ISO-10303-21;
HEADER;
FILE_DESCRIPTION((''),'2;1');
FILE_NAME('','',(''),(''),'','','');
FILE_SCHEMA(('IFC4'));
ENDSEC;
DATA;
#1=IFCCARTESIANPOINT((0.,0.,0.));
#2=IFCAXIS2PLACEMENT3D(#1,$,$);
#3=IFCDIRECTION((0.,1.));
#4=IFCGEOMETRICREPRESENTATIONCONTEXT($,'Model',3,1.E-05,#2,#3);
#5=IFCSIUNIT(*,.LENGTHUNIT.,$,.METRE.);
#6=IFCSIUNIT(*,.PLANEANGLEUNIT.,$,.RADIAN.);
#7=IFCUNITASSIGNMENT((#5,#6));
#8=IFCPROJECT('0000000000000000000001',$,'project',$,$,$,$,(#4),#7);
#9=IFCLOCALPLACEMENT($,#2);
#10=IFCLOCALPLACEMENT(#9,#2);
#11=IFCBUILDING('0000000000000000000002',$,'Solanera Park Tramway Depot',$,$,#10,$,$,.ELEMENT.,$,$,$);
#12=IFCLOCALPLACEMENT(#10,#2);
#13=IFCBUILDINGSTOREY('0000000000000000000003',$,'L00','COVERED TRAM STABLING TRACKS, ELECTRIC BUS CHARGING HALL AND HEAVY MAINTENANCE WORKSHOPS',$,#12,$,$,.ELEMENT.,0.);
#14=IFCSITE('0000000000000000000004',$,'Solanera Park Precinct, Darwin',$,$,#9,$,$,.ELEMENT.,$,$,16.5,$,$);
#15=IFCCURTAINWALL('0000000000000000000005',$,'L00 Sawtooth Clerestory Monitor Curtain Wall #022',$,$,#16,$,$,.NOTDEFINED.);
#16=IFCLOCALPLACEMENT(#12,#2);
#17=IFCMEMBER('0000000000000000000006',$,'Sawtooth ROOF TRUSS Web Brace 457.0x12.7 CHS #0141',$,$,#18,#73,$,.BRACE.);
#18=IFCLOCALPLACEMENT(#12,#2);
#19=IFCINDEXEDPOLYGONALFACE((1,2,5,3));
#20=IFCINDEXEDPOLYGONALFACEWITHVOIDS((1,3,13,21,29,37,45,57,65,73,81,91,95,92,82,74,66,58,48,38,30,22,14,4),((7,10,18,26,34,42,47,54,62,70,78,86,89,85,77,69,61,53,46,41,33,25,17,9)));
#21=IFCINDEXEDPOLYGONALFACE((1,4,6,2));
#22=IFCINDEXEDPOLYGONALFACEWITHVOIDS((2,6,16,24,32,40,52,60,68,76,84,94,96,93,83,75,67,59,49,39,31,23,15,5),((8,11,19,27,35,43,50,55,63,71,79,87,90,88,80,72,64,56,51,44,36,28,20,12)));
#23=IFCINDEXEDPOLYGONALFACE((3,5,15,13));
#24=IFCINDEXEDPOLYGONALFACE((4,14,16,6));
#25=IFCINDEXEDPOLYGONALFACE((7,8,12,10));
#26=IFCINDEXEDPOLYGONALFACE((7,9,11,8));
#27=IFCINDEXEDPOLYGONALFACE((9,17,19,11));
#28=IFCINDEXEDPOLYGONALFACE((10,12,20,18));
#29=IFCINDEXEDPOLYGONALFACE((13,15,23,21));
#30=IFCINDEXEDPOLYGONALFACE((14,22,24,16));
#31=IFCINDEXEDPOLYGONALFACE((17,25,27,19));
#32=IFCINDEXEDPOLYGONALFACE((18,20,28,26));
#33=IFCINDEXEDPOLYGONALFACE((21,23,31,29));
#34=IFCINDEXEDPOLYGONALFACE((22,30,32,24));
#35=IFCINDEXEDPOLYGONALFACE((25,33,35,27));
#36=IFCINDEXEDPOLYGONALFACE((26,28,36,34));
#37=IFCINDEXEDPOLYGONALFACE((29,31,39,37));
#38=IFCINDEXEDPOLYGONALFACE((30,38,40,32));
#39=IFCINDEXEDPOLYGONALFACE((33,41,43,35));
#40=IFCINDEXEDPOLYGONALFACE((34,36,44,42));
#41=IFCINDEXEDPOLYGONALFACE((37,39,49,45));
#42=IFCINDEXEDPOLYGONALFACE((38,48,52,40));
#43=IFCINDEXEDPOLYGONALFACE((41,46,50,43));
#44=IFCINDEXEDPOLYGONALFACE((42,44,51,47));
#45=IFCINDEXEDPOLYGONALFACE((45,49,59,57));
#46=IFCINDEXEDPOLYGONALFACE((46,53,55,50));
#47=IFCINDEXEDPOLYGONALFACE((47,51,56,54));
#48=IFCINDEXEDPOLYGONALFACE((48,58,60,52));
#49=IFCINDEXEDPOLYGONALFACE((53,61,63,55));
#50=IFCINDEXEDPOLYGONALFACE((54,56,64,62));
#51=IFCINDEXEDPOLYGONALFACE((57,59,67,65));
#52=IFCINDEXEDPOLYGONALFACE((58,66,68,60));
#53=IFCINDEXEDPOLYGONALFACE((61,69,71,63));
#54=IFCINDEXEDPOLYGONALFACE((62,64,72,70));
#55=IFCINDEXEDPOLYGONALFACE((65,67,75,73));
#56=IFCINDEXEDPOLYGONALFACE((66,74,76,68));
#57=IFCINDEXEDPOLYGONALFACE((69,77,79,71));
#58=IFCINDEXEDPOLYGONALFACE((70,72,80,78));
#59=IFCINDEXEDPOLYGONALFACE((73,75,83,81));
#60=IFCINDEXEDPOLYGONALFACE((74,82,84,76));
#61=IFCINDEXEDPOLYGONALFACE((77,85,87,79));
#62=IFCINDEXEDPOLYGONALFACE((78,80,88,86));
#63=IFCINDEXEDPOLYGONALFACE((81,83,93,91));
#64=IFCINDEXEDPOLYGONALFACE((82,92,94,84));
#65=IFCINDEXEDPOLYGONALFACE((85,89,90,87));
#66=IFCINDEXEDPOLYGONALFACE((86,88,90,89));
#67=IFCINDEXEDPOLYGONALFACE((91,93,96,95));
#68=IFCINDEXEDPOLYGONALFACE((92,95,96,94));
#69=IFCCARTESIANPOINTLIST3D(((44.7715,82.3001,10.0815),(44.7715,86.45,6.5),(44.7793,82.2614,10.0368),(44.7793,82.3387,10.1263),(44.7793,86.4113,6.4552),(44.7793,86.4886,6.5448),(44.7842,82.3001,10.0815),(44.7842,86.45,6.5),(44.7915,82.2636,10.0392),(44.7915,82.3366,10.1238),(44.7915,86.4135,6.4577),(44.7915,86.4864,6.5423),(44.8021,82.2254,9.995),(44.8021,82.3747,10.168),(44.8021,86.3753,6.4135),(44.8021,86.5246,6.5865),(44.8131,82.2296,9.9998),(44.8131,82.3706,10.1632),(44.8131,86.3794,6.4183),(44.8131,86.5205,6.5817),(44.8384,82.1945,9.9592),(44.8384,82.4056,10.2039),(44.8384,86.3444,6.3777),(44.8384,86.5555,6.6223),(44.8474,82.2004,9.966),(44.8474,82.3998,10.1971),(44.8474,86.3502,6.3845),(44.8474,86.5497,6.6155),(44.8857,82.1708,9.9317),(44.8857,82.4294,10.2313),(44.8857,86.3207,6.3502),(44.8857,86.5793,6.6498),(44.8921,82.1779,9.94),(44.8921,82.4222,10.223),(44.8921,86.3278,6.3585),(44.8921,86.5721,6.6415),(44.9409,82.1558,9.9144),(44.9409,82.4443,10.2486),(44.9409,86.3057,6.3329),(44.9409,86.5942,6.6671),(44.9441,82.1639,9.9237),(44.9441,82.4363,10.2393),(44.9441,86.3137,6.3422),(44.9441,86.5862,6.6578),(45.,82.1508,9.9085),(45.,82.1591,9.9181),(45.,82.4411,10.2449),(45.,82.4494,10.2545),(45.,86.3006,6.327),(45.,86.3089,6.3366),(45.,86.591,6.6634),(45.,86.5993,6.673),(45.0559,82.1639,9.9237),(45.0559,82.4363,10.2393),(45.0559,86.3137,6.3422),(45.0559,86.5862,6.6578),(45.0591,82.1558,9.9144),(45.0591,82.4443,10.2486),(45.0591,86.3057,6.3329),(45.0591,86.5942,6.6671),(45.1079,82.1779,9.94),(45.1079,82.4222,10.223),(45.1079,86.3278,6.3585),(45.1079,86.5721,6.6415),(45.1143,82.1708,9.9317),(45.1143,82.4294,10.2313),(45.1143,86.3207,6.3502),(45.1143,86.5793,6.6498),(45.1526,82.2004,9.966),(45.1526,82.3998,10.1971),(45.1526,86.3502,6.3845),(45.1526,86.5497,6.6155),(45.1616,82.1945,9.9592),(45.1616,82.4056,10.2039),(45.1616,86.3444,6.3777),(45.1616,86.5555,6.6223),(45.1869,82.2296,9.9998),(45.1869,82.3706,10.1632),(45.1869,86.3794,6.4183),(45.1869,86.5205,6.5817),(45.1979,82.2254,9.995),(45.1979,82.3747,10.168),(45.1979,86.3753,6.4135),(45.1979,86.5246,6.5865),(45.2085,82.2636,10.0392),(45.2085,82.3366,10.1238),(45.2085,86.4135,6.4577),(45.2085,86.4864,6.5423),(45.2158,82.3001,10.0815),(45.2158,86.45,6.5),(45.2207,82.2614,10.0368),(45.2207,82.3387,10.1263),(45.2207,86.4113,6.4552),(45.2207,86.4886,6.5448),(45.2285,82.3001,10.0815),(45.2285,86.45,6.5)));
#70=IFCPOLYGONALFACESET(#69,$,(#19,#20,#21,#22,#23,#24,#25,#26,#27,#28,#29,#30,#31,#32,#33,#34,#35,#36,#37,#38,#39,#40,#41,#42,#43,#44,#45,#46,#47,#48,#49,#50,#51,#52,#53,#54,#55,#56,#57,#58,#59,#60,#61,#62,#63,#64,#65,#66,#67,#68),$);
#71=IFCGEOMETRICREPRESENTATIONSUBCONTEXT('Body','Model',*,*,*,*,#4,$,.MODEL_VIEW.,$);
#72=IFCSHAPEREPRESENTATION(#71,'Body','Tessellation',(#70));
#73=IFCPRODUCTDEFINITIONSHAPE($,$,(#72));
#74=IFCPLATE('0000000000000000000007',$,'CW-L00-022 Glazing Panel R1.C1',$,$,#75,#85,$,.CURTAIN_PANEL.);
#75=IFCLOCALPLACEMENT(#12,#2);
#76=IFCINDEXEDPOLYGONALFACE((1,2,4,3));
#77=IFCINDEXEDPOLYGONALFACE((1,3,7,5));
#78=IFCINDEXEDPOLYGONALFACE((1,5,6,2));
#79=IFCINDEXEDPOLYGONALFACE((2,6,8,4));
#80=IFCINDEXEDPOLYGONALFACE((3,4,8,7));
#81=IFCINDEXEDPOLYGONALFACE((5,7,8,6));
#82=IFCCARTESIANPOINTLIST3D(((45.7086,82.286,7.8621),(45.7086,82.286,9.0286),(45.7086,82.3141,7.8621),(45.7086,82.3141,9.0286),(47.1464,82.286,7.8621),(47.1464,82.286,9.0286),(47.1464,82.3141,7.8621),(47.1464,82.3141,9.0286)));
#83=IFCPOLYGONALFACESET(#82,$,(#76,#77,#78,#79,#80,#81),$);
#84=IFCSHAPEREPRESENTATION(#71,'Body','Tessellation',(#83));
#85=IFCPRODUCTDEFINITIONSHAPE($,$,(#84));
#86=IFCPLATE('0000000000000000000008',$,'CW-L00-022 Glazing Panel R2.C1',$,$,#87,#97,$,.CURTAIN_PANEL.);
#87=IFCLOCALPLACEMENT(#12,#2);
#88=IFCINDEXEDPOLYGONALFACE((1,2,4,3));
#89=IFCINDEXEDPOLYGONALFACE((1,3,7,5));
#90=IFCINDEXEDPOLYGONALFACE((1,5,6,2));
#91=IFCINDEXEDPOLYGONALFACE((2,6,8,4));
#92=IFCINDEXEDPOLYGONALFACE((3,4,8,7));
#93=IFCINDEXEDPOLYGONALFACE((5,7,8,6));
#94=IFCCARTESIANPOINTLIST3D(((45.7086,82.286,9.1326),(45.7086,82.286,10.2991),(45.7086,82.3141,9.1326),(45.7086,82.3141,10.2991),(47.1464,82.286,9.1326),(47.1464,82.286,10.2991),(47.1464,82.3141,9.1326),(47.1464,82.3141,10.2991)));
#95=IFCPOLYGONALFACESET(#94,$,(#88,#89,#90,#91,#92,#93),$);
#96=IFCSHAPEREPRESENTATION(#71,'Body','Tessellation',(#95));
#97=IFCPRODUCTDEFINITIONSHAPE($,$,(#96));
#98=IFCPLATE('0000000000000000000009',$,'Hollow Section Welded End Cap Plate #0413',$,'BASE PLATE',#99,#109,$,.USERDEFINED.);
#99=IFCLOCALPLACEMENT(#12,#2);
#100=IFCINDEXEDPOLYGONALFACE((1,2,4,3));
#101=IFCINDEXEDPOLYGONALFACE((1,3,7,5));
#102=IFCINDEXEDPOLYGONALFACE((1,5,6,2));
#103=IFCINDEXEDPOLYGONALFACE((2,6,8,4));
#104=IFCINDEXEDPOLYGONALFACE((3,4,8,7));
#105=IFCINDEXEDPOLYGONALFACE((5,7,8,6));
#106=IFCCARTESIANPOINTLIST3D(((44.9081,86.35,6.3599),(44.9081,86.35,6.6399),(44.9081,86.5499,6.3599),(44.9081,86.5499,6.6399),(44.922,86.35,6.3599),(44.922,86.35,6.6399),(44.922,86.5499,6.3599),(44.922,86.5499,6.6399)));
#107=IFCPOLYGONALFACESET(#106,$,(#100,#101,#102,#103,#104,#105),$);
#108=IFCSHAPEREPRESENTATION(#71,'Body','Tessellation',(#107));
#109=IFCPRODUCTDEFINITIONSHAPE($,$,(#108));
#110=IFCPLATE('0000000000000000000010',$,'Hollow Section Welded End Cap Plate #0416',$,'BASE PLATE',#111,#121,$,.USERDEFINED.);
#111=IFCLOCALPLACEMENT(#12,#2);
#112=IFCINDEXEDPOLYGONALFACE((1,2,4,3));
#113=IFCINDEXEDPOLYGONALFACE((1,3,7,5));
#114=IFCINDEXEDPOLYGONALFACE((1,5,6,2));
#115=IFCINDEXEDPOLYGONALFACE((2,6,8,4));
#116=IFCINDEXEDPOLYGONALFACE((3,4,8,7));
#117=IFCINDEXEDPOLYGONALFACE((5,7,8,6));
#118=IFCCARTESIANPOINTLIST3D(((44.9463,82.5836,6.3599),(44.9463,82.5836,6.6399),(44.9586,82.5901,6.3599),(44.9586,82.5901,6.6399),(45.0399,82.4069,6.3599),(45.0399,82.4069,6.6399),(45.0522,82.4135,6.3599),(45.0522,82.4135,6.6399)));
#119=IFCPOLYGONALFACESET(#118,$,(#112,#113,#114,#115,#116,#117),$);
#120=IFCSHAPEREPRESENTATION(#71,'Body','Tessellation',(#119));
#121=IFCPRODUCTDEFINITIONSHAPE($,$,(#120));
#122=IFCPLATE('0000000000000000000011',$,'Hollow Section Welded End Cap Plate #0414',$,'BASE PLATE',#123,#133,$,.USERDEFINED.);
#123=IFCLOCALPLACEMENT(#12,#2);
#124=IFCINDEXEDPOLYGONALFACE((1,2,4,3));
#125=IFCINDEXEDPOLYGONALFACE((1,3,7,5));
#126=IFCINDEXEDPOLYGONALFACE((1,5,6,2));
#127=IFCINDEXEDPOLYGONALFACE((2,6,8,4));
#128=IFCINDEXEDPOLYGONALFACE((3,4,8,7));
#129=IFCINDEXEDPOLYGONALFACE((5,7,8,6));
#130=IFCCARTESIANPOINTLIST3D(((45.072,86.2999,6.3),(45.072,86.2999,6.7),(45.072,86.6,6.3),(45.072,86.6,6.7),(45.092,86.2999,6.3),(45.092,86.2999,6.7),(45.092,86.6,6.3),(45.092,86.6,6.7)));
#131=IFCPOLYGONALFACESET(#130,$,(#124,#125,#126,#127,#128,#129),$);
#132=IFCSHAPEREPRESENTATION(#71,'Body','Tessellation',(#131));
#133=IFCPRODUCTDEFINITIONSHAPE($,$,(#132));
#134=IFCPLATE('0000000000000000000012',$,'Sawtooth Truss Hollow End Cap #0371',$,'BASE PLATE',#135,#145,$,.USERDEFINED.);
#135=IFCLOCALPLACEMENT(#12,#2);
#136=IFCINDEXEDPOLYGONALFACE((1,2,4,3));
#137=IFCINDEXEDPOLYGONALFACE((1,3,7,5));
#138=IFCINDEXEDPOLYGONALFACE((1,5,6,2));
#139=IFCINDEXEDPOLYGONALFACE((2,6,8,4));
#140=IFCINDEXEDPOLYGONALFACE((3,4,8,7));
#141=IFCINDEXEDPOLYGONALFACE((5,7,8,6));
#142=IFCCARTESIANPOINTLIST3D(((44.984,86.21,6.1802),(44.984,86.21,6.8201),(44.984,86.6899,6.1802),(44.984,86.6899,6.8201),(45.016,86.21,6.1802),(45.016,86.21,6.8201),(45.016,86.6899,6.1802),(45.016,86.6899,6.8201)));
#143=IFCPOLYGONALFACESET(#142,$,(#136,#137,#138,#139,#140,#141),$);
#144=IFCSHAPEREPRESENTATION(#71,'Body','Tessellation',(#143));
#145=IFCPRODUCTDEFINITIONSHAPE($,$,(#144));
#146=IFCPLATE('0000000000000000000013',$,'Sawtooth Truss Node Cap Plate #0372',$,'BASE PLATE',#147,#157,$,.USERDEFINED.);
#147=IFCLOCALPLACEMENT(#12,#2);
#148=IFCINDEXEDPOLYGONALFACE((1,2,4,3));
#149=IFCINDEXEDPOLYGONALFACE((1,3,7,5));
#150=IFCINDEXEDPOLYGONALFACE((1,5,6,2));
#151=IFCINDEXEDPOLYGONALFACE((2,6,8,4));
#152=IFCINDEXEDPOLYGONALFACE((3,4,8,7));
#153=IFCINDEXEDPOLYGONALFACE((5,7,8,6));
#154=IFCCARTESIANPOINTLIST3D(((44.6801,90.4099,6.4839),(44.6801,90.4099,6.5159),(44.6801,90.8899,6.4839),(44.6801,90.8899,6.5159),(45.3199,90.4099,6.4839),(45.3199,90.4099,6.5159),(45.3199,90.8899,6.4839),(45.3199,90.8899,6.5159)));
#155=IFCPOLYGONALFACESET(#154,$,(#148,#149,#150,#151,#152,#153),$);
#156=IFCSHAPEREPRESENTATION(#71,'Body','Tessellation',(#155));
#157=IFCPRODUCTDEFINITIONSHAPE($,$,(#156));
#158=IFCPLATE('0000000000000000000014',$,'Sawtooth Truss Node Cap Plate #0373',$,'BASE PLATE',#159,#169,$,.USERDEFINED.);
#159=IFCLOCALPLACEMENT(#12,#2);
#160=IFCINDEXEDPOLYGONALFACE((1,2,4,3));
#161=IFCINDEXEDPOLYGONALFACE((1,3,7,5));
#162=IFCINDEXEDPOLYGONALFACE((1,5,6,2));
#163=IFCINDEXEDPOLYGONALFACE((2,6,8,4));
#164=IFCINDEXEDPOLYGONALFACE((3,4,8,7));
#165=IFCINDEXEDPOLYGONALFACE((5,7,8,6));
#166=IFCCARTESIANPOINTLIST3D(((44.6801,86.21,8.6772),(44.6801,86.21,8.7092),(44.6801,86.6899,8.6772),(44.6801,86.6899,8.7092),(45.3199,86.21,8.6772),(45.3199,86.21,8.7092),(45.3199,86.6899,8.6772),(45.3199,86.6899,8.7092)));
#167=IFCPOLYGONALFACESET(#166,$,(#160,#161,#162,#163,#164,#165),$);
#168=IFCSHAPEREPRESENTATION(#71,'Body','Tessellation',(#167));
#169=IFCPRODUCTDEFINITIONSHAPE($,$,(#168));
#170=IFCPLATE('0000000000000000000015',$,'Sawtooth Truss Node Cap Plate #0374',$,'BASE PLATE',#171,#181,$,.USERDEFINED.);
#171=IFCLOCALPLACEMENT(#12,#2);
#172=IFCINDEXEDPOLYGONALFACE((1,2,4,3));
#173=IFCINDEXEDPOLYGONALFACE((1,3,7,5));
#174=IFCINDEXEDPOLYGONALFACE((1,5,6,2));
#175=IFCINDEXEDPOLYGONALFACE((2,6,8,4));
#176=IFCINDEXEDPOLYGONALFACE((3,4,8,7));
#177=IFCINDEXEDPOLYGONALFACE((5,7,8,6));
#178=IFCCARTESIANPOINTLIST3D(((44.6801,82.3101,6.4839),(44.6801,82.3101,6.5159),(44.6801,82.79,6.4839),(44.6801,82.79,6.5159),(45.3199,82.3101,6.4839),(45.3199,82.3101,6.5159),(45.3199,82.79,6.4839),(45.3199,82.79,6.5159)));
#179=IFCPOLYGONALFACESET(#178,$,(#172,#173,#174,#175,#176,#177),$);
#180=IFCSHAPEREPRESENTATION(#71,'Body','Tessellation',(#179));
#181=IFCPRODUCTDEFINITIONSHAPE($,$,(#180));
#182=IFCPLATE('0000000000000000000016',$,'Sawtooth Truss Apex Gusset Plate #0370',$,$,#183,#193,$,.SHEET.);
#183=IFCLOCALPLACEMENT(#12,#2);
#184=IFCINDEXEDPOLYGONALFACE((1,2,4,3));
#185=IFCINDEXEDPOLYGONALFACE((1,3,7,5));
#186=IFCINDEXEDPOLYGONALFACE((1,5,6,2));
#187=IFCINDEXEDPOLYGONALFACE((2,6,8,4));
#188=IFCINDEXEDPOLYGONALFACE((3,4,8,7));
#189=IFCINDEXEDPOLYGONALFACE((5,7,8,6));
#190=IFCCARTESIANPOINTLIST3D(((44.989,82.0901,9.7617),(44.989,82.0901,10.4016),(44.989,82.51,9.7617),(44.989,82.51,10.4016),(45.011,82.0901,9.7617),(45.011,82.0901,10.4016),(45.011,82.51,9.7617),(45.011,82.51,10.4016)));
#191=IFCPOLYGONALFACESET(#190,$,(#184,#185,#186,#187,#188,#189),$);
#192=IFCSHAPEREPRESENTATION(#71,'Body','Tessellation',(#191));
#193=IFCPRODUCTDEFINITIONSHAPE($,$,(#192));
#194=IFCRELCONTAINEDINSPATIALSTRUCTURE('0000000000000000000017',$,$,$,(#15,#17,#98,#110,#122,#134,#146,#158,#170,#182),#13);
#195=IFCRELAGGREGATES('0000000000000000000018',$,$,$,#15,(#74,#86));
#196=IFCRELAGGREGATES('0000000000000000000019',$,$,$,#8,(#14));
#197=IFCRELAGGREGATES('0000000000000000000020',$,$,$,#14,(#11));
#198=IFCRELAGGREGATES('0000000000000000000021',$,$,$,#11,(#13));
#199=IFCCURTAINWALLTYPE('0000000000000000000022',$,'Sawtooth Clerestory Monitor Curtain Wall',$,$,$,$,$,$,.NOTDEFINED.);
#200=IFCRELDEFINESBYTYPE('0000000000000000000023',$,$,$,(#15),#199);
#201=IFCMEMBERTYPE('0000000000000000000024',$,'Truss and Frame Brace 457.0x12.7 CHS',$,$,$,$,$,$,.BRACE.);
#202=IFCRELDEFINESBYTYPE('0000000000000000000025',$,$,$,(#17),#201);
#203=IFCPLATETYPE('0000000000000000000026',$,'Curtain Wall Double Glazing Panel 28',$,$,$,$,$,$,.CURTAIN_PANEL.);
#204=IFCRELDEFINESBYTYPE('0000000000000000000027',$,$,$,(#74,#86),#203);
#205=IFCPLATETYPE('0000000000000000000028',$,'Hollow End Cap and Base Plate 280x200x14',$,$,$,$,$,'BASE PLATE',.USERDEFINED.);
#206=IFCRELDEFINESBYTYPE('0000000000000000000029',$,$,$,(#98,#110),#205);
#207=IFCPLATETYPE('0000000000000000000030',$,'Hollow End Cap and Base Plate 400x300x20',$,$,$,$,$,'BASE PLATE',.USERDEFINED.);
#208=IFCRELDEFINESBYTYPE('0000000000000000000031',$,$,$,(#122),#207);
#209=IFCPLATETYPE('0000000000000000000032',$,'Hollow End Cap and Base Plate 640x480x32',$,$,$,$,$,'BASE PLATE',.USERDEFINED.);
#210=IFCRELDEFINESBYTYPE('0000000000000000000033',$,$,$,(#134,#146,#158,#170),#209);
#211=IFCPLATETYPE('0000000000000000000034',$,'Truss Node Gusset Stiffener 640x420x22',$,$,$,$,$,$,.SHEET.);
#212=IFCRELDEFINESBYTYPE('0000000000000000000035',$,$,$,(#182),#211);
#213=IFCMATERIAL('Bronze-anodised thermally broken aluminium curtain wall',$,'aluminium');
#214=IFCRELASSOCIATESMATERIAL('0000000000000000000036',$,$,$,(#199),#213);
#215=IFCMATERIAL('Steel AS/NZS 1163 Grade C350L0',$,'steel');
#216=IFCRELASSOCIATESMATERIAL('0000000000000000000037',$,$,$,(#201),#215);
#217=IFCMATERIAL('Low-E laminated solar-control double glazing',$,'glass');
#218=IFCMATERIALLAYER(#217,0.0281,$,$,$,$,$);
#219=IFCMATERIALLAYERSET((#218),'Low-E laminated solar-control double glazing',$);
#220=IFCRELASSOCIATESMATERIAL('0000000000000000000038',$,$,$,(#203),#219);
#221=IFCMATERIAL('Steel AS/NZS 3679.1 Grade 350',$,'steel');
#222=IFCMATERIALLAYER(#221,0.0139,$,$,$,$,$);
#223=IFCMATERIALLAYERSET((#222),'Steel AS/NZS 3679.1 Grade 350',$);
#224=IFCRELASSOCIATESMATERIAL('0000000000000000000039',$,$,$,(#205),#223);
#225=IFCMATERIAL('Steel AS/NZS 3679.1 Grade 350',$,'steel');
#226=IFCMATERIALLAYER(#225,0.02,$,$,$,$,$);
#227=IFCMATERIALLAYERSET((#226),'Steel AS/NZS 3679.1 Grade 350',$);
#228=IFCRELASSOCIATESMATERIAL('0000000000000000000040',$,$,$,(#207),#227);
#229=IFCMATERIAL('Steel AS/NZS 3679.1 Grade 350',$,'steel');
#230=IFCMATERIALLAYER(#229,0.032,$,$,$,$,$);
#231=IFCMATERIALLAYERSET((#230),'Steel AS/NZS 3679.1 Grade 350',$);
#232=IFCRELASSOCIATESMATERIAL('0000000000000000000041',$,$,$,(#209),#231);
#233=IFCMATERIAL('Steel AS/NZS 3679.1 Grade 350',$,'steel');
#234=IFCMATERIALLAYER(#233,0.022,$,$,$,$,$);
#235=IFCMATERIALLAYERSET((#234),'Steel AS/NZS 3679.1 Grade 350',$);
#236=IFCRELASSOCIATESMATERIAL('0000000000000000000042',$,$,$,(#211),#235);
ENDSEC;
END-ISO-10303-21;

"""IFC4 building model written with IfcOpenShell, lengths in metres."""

from ifc_helpers import new_model, si_unit, direction, frame, origin, origin_2d, place, context, subcontext, project, spatial, rectangle, hollow_circle, extrude, material, layer, layer_set, material_profile, profile_set, type_object, element, aggregate, save


model = new_model("IFC4")

# Units and contexts
model_context = context("Model", 3, precision=1e-05, world=origin(), true_north=direction((0.0, 1.0)))
body_context = subcontext(model_context, "Body", "Model", "MODEL_VIEW")
ifc_project = project(units=[si_unit("LENGTHUNIT", "METRE"), si_unit("PLANEANGLEUNIT", "RADIAN")], contexts=[model_context])

# Site, building, storey
site_placement = place(None, origin())
site = spatial("IfcSite", under=ifc_project, at=site_placement, Name="Solanera Park Precinct, Darwin", CompositionType="ELEMENT", RefElevation=16.5)
building_placement = place(site_placement, origin())
building = spatial("IfcBuilding", under=site, at=building_placement, Name="Solanera Park Tramway Depot", CompositionType="ELEMENT")
storey_placement = place(building_placement, origin())
storey = spatial("IfcBuildingStorey", under=building, at=storey_placement, Name="L00", Description="COVERED TRAM STABLING TRACKS, ELECTRIC BUS CHARGING HALL AND HEAVY MAINTENANCE WORKSHOPS", CompositionType="ELEMENT", Elevation=0.0)

# Shared definitions
ifc_material_1 = material(Name="Bronze-anodised thermally broken aluminium curtain wall", Category="aluminium")
curtain_wall_type = type_object("IfcCurtainWallType", Name="Sawtooth Clerestory Monitor Curtain Wall", PredefinedType="NOTDEFINED", material=ifc_material_1)

# Curtain wall
curtain_wall_1_placement = place(storey_placement, origin())
curtain_wall_1 = element("IfcCurtainWall", 1, at=curtain_wall_1_placement, inside=storey, type_object=curtain_wall_type, Name="L00 Sawtooth Clerestory Monitor Curtain Wall #022", PredefinedType="NOTDEFINED")

# Member
ifc_material_2 = material(Name="Steel AS/NZS 1163 Grade C350L0", Category="steel")
ifc_material_profile_1 = material_profile(ifc_material_2, hollow_circle(Radius=0.2285, WallThickness=0.0127, at=origin_2d()), Name="457.0x12.7 CHS")
ifc_profile_set_1 = profile_set([ifc_material_profile_1], Name="Steel AS/NZS 1163 Grade C350L0")
member_type_1 = type_object("IfcMemberType", Name="Truss and Frame Brace 457.0x12.7 CHS", PredefinedType="BRACE", material=ifc_profile_set_1)
member_1_placement = place(storey_placement, frame((45.0, 86.45, 6.5), z_axis=(0.0, -0.757045, 0.653362), x_axis=(1.0, 0.0, 0.0)))
element("IfcMember", 2, at=member_1_placement, inside=storey, type_object=member_type_1, Name="Sawtooth ROOF TRUSS Web Brace 457.0x12.7 CHS #0141", PredefinedType="BRACE", context=body_context, shape_type="SweptSolid", body=[
    extrude(hollow_circle(Radius=0.2285, WallThickness=0.0127, at=origin_2d()), origin(), (0.0, 0.0, 1.0), 5.4817),
])

# Plates
ifc_material_3 = material(Name="Low-E laminated solar-control double glazing", Category="glass")
ifc_layer_1 = layer(ifc_material_3, 0.0281)
ifc_layer_set_1 = layer_set([ifc_layer_1], Name="Low-E laminated solar-control double glazing")
plate_type_1 = type_object("IfcPlateType", Name="Curtain Wall Double Glazing Panel 28", PredefinedType="CURTAIN_PANEL", material=ifc_layer_set_1)
plate_1_placement = place(storey_placement, frame((46.4275, 82.3, 7.8621), z_axis=(0.0, 0.0, 1.0), x_axis=(1.0, 0.0, 0.0)))
plate_1 = element("IfcPlate", 3, at=plate_1_placement, type_object=plate_type_1, Name="CW-L00-022 Glazing Panel R1.C1", PredefinedType="CURTAIN_PANEL", context=body_context, shape_type="SweptSolid", body=[
    extrude(rectangle(XDim=1.4377, YDim=0.0281, at=origin_2d()), origin(), (0.0, 0.0, 1.0), 1.1665),
])
plate_2_placement = place(storey_placement, frame((46.4275, 82.3, 9.1326), z_axis=(0.0, 0.0, 1.0), x_axis=(1.0, 0.0, 0.0)))
plate_2 = element("IfcPlate", 4, at=plate_2_placement, type_object=plate_type_1, Name="CW-L00-022 Glazing Panel R2.C1", PredefinedType="CURTAIN_PANEL", context=body_context, shape_type="SweptSolid", body=[
    extrude(rectangle(XDim=1.4377, YDim=0.0281, at=origin_2d()), origin(), (0.0, 0.0, 1.0), 1.1665),
])
aggregate(curtain_wall_1, [plate_1, plate_2])

# Plates
ifc_material_4 = material(Name="Steel AS/NZS 3679.1 Grade 350", Category="steel")
ifc_layer_2 = layer(ifc_material_4, 0.0139)
ifc_layer_set_2 = layer_set([ifc_layer_2], Name="Steel AS/NZS 3679.1 Grade 350")
plate_type_2 = type_object("IfcPlateType", Name="Hollow End Cap and Base Plate 280x200x14", ElementType="BASE PLATE", PredefinedType="USERDEFINED", material=ifc_layer_set_2)
for number, where, z_axis, x_axis, name in (
    (5, (44.915, 86.45, 6.3599), (0.0, 0.0, 1.0), (1.0, 0.0, 0.0), "Hollow Section Welded End Cap Plate #0413"),
    (6, (44.9993, 82.4985, 6.3599), (0.0, 0.0, 1.0), (0.883521, 0.468392, 0.0), "Hollow Section Welded End Cap Plate #0416"),
):
    element("IfcPlate", number, at=place(storey_placement, frame(where, z_axis=z_axis, x_axis=x_axis)), inside=storey, type_object=plate_type_2, Name=name, ObjectType="BASE PLATE", PredefinedType="USERDEFINED", context=body_context, shape_type="SweptSolid", body=[
        extrude(rectangle(XDim=0.0139, YDim=0.2, at=origin_2d()), origin(), (0.0, 0.0, 1.0), 0.28),
    ])
ifc_material_5 = material(Name="Steel AS/NZS 3679.1 Grade 350", Category="steel")
ifc_layer_3 = layer(ifc_material_5, 0.02)
ifc_layer_set_3 = layer_set([ifc_layer_3], Name="Steel AS/NZS 3679.1 Grade 350")
plate_type_3 = type_object("IfcPlateType", Name="Hollow End Cap and Base Plate 400x300x20", ElementType="BASE PLATE", PredefinedType="USERDEFINED", material=ifc_layer_set_3)
plate_3_placement = place(storey_placement, frame((45.082, 86.45, 6.3), z_axis=(0.0, 0.0, 1.0), x_axis=(1.0, 0.0, 0.0)))
element("IfcPlate", 7, at=plate_3_placement, inside=storey, type_object=plate_type_3, Name="Hollow Section Welded End Cap Plate #0414", ObjectType="BASE PLATE", PredefinedType="USERDEFINED", context=body_context, shape_type="SweptSolid", body=[
    extrude(rectangle(XDim=0.02, YDim=0.3, at=origin_2d()), origin(), (0.0, 0.0, 1.0), 0.3999),
])
ifc_material_6 = material(Name="Steel AS/NZS 3679.1 Grade 350", Category="steel")
ifc_layer_4 = layer(ifc_material_6, 0.032)
ifc_layer_set_4 = layer_set([ifc_layer_4], Name="Steel AS/NZS 3679.1 Grade 350")
plate_type_4 = type_object("IfcPlateType", Name="Hollow End Cap and Base Plate 640x480x32", ElementType="BASE PLATE", PredefinedType="USERDEFINED", material=ifc_layer_set_4)
plate_4_placement = place(storey_placement, frame((45.0, 86.45, 6.1802), z_axis=(0.0, 0.0, 1.0), x_axis=(1.0, 0.0, 0.0)))
element("IfcPlate", 8, at=plate_4_placement, inside=storey, type_object=plate_type_4, Name="Sawtooth Truss Hollow End Cap #0371", ObjectType="BASE PLATE", PredefinedType="USERDEFINED", context=body_context, shape_type="SweptSolid", body=[
    extrude(rectangle(XDim=0.032, YDim=0.48, at=origin_2d()), origin(), (0.0, 0.0, 1.0), 0.6399),
])
for number, where, z_axis, x_axis, name in (
    (9, (45.0, 90.6499, 6.4839), (0.0, 0.0, 1.0), (1.0, 0.0, 0.0), "Sawtooth Truss Node Cap Plate #0372"),
    (10, (45.0, 86.45, 8.6772), (0.0, 0.0, 1.0), (1.0, 0.0, 0.0), "Sawtooth Truss Node Cap Plate #0373"),
    (11, (45.0, 82.55, 6.4839), (0.0, 0.0, 1.0), (1.0, 0.0, 0.0), "Sawtooth Truss Node Cap Plate #0374"),
):
    element("IfcPlate", number, at=place(storey_placement, frame(where, z_axis=z_axis, x_axis=x_axis)), inside=storey, type_object=plate_type_4, Name=name, ObjectType="BASE PLATE", PredefinedType="USERDEFINED", context=body_context, shape_type="SweptSolid", body=[
        extrude(rectangle(XDim=0.6399, YDim=0.48, at=origin_2d()), origin(), (0.0, 0.0, 1.0), 0.032),
    ])
ifc_material_7 = material(Name="Steel AS/NZS 3679.1 Grade 350", Category="steel")
ifc_layer_5 = layer(ifc_material_7, 0.022)
ifc_layer_set_5 = layer_set([ifc_layer_5], Name="Steel AS/NZS 3679.1 Grade 350")
plate_type_5 = type_object("IfcPlateType", Name="Truss Node Gusset Stiffener 640x420x22", PredefinedType="SHEET", material=ifc_layer_set_5)
plate_5_placement = place(storey_placement, frame((45.0, 82.3, 9.7617), z_axis=(0.0, 0.0, 1.0), x_axis=(1.0, 0.0, 0.0)))
element("IfcPlate", 12, at=plate_5_placement, inside=storey, type_object=plate_type_5, Name="Sawtooth Truss Apex Gusset Plate #0370", PredefinedType="SHEET", context=body_context, shape_type="SweptSolid", body=[
    extrude(rectangle(XDim=0.022, YDim=0.4199, at=origin_2d()), origin(), (0.0, 0.0, 1.0), 0.6399),
])

save(model, "model.ifc")
